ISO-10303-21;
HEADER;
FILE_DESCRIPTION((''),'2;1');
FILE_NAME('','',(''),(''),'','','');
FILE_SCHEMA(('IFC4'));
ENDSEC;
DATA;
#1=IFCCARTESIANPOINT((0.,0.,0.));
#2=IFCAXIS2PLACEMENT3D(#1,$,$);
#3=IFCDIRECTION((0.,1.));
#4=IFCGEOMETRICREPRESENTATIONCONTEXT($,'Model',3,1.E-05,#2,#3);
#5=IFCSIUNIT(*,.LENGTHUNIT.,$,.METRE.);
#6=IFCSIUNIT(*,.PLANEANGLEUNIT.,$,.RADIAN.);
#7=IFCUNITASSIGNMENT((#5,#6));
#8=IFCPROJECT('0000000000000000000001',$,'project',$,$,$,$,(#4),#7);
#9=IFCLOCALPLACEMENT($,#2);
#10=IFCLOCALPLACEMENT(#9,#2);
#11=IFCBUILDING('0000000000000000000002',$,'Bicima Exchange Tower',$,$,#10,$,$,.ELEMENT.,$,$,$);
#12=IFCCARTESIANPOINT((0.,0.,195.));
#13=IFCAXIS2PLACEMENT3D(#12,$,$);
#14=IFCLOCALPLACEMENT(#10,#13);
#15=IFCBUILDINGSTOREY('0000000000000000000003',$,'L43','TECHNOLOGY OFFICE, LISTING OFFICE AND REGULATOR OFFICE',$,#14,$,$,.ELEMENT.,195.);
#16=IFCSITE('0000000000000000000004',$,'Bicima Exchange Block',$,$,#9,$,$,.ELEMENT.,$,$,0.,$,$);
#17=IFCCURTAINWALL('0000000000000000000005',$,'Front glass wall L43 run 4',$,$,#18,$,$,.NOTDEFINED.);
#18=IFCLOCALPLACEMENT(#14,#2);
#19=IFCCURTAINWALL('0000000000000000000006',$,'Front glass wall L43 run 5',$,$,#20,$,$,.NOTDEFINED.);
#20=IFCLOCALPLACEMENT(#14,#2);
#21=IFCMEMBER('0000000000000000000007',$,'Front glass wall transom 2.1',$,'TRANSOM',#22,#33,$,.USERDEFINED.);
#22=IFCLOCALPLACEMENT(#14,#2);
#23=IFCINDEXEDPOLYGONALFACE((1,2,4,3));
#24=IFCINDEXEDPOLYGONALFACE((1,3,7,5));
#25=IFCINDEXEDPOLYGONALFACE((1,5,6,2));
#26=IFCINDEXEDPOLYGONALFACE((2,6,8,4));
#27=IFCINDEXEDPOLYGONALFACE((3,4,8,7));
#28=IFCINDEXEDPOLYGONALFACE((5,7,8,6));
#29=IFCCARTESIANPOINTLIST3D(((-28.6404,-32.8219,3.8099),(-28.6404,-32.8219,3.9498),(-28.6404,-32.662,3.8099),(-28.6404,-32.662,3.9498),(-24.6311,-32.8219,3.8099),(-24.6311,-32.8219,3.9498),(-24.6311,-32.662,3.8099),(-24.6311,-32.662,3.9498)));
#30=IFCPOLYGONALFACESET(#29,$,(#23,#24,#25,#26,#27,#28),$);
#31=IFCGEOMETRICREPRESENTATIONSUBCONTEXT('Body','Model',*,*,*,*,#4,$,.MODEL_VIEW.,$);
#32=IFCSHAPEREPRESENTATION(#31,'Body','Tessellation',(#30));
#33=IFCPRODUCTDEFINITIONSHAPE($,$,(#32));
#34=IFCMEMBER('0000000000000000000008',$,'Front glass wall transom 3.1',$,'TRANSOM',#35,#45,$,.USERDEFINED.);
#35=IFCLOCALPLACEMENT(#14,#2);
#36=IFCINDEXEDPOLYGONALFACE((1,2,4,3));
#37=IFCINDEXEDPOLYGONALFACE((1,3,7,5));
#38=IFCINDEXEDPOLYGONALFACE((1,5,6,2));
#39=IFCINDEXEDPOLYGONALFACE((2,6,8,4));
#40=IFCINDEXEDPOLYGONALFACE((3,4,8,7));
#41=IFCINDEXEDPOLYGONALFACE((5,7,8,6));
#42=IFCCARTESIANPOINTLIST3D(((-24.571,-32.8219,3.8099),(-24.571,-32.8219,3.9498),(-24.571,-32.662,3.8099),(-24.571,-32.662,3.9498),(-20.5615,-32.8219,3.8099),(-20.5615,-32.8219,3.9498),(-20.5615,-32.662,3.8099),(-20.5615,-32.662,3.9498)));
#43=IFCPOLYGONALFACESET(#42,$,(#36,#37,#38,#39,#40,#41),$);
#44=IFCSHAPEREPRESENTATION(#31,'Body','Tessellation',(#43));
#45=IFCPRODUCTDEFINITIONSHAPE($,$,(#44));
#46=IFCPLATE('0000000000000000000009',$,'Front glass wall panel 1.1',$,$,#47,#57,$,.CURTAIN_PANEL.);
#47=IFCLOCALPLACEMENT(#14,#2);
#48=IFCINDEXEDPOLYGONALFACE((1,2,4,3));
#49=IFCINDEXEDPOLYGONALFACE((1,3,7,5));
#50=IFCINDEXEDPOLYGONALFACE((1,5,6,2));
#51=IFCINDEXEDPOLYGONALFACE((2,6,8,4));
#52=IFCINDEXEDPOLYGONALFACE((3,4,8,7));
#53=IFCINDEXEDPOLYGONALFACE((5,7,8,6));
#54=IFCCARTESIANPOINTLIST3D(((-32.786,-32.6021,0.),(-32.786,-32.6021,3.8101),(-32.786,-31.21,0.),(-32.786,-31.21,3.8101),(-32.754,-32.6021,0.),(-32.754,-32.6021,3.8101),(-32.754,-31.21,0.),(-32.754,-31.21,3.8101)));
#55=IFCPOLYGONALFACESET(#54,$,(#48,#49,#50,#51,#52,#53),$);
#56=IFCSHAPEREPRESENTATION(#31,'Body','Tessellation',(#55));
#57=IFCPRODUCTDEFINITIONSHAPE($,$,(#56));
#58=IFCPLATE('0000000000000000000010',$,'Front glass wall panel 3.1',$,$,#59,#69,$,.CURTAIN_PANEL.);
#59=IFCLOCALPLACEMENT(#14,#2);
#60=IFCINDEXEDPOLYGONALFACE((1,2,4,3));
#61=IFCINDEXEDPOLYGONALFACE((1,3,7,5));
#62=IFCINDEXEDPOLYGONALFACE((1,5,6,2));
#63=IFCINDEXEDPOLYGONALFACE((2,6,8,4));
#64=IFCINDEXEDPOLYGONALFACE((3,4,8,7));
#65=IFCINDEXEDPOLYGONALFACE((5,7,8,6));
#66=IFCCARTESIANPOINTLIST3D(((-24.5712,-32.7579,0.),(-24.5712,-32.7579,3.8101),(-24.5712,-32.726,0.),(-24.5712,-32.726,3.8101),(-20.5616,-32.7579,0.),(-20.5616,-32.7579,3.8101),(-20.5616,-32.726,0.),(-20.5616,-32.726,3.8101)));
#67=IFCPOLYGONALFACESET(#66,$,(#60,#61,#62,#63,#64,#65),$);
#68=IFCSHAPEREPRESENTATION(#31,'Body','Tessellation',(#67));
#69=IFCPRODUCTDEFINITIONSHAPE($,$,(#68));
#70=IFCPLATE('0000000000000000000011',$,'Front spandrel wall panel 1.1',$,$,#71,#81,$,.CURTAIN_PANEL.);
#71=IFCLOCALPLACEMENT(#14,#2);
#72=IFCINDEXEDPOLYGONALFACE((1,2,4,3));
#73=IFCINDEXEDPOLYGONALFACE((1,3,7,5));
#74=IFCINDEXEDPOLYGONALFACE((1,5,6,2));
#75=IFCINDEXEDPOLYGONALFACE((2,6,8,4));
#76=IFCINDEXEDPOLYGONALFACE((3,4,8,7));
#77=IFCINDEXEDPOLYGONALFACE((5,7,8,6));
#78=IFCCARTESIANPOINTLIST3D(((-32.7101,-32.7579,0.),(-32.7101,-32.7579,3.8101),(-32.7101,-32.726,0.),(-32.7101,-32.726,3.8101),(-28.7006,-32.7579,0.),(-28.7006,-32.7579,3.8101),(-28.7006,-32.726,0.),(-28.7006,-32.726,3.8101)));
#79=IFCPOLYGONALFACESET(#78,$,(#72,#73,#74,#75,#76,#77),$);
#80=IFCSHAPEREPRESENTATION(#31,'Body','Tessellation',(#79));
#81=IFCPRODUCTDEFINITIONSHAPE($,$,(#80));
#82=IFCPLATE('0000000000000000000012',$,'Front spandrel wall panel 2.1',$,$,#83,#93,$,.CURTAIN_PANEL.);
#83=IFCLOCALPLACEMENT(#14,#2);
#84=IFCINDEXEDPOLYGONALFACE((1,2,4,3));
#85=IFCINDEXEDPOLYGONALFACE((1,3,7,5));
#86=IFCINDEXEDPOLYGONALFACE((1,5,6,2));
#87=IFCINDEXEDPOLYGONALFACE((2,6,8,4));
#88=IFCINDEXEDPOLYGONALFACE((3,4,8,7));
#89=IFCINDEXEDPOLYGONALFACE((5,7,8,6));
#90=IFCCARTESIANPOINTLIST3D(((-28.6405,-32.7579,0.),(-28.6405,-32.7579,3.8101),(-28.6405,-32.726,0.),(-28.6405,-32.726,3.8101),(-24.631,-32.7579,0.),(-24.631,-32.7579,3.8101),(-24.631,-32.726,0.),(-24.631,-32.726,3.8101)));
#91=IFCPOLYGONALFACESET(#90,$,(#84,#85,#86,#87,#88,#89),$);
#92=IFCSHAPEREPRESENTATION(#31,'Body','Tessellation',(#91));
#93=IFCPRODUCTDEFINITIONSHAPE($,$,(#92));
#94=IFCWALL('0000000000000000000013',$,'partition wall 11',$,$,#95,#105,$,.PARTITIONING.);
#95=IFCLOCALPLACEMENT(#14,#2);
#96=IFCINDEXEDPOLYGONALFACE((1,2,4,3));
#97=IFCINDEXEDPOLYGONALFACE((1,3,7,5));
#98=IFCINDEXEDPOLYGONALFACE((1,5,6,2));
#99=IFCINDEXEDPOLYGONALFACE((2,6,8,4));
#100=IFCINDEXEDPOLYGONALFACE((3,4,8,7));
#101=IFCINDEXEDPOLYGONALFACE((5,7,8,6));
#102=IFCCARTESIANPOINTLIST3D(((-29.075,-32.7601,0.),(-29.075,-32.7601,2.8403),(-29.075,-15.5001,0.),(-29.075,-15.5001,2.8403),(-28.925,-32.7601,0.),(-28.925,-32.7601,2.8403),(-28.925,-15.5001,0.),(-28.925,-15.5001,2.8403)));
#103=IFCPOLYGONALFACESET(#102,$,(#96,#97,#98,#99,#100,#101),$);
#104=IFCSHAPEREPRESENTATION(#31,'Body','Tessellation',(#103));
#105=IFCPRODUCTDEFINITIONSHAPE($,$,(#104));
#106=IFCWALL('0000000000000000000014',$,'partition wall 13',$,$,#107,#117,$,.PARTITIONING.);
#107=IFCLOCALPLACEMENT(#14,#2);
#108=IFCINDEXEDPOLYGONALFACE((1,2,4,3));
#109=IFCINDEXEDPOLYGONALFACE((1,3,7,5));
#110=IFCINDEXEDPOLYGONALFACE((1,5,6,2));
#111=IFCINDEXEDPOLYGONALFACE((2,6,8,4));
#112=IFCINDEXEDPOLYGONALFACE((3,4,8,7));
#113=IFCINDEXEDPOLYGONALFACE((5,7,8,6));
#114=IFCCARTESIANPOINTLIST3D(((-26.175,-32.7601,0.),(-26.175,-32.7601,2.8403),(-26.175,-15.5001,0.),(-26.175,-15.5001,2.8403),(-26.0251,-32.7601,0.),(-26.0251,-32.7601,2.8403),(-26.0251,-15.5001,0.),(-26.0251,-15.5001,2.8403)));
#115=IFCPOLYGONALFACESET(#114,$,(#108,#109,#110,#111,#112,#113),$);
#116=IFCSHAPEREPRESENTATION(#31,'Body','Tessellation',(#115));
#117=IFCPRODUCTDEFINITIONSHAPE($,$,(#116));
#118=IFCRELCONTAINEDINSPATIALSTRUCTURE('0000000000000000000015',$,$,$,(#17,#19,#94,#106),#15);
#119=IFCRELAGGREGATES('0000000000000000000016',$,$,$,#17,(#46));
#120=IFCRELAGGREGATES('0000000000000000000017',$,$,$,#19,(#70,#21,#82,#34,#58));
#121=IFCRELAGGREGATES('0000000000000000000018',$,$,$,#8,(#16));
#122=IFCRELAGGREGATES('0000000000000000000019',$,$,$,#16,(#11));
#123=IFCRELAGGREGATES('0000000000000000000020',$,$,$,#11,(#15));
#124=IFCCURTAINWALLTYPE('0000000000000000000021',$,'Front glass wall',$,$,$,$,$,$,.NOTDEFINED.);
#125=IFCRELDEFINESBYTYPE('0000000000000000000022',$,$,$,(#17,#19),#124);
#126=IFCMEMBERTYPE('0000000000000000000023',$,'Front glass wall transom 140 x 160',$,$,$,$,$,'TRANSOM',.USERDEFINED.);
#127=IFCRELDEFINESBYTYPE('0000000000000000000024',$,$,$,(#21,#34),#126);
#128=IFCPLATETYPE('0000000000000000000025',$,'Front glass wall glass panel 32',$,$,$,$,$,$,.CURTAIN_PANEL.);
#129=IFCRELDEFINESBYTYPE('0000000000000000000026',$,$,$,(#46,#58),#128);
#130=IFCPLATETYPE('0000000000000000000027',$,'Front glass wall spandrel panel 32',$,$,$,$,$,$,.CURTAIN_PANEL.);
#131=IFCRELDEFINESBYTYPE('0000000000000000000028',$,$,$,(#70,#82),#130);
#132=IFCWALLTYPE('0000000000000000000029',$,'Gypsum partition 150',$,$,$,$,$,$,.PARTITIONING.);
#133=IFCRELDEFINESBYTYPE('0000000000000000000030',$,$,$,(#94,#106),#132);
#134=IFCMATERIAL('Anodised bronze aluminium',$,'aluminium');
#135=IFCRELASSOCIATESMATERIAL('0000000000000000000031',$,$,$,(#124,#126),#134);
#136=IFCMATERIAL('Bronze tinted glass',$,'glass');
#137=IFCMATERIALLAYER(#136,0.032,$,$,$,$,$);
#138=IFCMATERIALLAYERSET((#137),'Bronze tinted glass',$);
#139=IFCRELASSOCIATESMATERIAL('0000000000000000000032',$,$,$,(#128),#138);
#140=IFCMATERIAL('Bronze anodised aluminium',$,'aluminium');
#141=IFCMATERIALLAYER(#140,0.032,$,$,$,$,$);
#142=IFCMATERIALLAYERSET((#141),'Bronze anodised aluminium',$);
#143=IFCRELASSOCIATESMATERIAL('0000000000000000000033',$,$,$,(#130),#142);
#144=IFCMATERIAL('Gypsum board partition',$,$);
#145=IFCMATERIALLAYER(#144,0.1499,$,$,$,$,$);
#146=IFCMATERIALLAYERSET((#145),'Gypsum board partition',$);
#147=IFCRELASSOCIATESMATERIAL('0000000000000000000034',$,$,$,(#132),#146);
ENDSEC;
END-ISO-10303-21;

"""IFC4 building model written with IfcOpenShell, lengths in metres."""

from ifc_helpers import new_model, si_unit, direction, frame, frame_2d, origin, origin_2d, place, context, subcontext, project, spatial, rectangle, extrude, material, layer, layer_set, material_profile, profile_set, type_object, element, aggregate, save


model = new_model("IFC4")

# Units and contexts
model_context = context("Model", 3, precision=1e-05, world=origin(), true_north=direction((0.0, 1.0)))
body_context = subcontext(model_context, "Body", "Model", "MODEL_VIEW")
ifc_project = project(units=[si_unit("LENGTHUNIT", "METRE"), si_unit("PLANEANGLEUNIT", "RADIAN")], contexts=[model_context])

# Site, building, storey
site_placement = place(None, origin())
site = spatial("IfcSite", under=ifc_project, at=site_placement, Name="Bicima Exchange Block", CompositionType="ELEMENT", RefElevation=0.0)
building_placement = place(site_placement, origin())
building = spatial("IfcBuilding", under=site, at=building_placement, Name="Bicima Exchange Tower", CompositionType="ELEMENT")
storey_placement = place(building_placement, frame((0.0, 0.0, 195.0)))
storey = spatial("IfcBuildingStorey", under=building, at=storey_placement, Name="L43", Description="TECHNOLOGY OFFICE, LISTING OFFICE AND REGULATOR OFFICE", CompositionType="ELEMENT", Elevation=195.0)

# Curtain walls
ifc_material_1 = material(Name="Anodised bronze aluminium", Category="aluminium")
curtain_wall_type = type_object("IfcCurtainWallType", Name="Front glass wall", PredefinedType="NOTDEFINED", material=ifc_material_1)
curtain_wall_1_placement = place(storey_placement, origin())
curtain_wall_1 = element("IfcCurtainWall", 1, at=curtain_wall_1_placement, inside=storey, type_object=curtain_wall_type, Name="Front glass wall L43 run 4", PredefinedType="NOTDEFINED")
curtain_wall_2_placement = place(storey_placement, origin())
curtain_wall_2 = element("IfcCurtainWall", 2, at=curtain_wall_2_placement, inside=storey, type_object=curtain_wall_type, Name="Front glass wall L43 run 5", PredefinedType="NOTDEFINED")

# Members
ifc_material_profile_1 = material_profile(ifc_material_1, rectangle(XDim=0.1599, YDim=0.1399, at=origin_2d()))
ifc_profile_set_1 = profile_set([ifc_material_profile_1], Name="Anodised bronze aluminium")
member_type_1 = type_object("IfcMemberType", Name="Front glass wall transom 140 x 160", ElementType="TRANSOM", PredefinedType="USERDEFINED", material=ifc_profile_set_1)
member_1_placement = place(storey_placement, frame((-28.6404, -32.7419, 3.8799), z_axis=(1.0, 0.0, 0.0), x_axis=(0.0, 1.0, 0.0)))
member_1 = element("IfcMember", 3, at=member_1_placement, type_object=member_type_1, Name="Front glass wall transom 2.1", ObjectType="TRANSOM", PredefinedType="USERDEFINED", context=body_context, shape_type="SweptSolid", body=[
    extrude(rectangle(XDim=0.1599, YDim=0.1399, at=origin_2d()), origin(), (0.0, 0.0, 1.0), 4.0093),
])
member_2_placement = place(storey_placement, frame((-24.571, -32.7419, 3.8799), z_axis=(1.0, 0.0, 0.0), x_axis=(0.0, 1.0, 0.0)))
member_2 = element("IfcMember", 4, at=member_2_placement, type_object=member_type_1, Name="Front glass wall transom 3.1", ObjectType="TRANSOM", PredefinedType="USERDEFINED", context=body_context, shape_type="SweptSolid", body=[
    extrude(rectangle(XDim=0.1599, YDim=0.1399, at=origin_2d()), origin(), (0.0, 0.0, 1.0), 4.0095),
])

# Plates
ifc_material_2 = material(Name="Bronze tinted glass", Category="glass")
ifc_layer_1 = layer(ifc_material_2, 0.032)
ifc_layer_set_1 = layer_set([ifc_layer_1], Name="Bronze tinted glass")
plate_type_1 = type_object("IfcPlateType", Name="Front glass wall glass panel 32", PredefinedType="CURTAIN_PANEL", material=ifc_layer_set_1)
plate_1_placement = place(storey_placement, frame((-32.77, -31.906, 0.0), z_axis=(0.0, 0.0, 1.0), x_axis=(0.0, -1.0, 0.0)))
plate_1 = element("IfcPlate", 5, at=plate_1_placement, type_object=plate_type_1, Name="Front glass wall panel 1.1", PredefinedType="CURTAIN_PANEL", context=body_context, shape_type="SweptSolid", body=[
    extrude(rectangle(XDim=1.3921, YDim=0.032, at=origin_2d()), origin(), (0.0, 0.0, 1.0), 3.8101),
])
aggregate(curtain_wall_1, [plate_1])
plate_2_placement = place(storey_placement, frame((-22.5664, -32.7419, 0.0), z_axis=(0.0, 0.0, 1.0), x_axis=(1.0, 0.0, 0.0)))
plate_2 = element("IfcPlate", 6, at=plate_2_placement, type_object=plate_type_1, Name="Front glass wall panel 3.1", PredefinedType="CURTAIN_PANEL", context=body_context, shape_type="SweptSolid", body=[
    extrude(rectangle(XDim=4.0095, YDim=0.032, at=origin_2d()), origin(), (0.0, 0.0, 1.0), 3.8101),
])
ifc_material_3 = material(Name="Bronze anodised aluminium", Category="aluminium")
ifc_layer_2 = layer(ifc_material_3, 0.032)
ifc_layer_set_2 = layer_set([ifc_layer_2], Name="Bronze anodised aluminium")
plate_type_2 = type_object("IfcPlateType", Name="Front glass wall spandrel panel 32", PredefinedType="CURTAIN_PANEL", material=ifc_layer_set_2)
plate_3_placement = place(storey_placement, frame((-30.7053, -32.7419, 0.0), z_axis=(0.0, 0.0, 1.0), x_axis=(1.0, 0.0, 0.0)))
plate_3 = element("IfcPlate", 7, at=plate_3_placement, type_object=plate_type_2, Name="Front spandrel wall panel 1.1", PredefinedType="CURTAIN_PANEL", context=body_context, shape_type="SweptSolid", body=[
    extrude(rectangle(XDim=4.0095, YDim=0.032, at=origin_2d()), origin(), (0.0, 0.0, 1.0), 3.8101),
])
plate_4_placement = place(storey_placement, frame((-26.6357, -32.7419, 0.0), z_axis=(0.0, 0.0, 1.0), x_axis=(1.0, 0.0, 0.0)))
plate_4 = element("IfcPlate", 8, at=plate_4_placement, type_object=plate_type_2, Name="Front spandrel wall panel 2.1", PredefinedType="CURTAIN_PANEL", context=body_context, shape_type="SweptSolid", body=[
    extrude(rectangle(XDim=4.0095, YDim=0.032, at=origin_2d()), origin(), (0.0, 0.0, 1.0), 3.8101),
])
aggregate(curtain_wall_2, [plate_3, member_1, plate_4, member_2, plate_2])

# Walls
ifc_material_4 = material(Name="Gypsum board partition")
ifc_layer_3 = layer(ifc_material_4, 0.1499)
ifc_layer_set_3 = layer_set([ifc_layer_3], Name="Gypsum board partition")
wall_type = type_object("IfcWallType", Name="Gypsum partition 150", PredefinedType="PARTITIONING", material=ifc_layer_set_3)
for number, where, z_axis, x_axis, name in (
    (9, (-29.0, -32.76, 0.0), (0.0, 0.0, 1.0), (0.0, 1.0, 0.0), "partition wall 11"),
    (10, (-26.1001, -32.76, 0.0), (0.0, 0.0, 1.0), (0.0, 1.0, 0.0), "partition wall 13"),
):
    element("IfcWall", number, at=place(storey_placement, frame(where, z_axis=z_axis, x_axis=x_axis)), inside=storey, type_object=wall_type, Name=name, PredefinedType="PARTITIONING", context=body_context, shape_type="SweptSolid", body=[
        extrude(rectangle(XDim=17.26, YDim=0.1499, at=frame_2d((8.6299, 0.0))), origin(), (0.0, 0.0, 1.0), 2.8403),
    ])

save(model, "model.ifc")
